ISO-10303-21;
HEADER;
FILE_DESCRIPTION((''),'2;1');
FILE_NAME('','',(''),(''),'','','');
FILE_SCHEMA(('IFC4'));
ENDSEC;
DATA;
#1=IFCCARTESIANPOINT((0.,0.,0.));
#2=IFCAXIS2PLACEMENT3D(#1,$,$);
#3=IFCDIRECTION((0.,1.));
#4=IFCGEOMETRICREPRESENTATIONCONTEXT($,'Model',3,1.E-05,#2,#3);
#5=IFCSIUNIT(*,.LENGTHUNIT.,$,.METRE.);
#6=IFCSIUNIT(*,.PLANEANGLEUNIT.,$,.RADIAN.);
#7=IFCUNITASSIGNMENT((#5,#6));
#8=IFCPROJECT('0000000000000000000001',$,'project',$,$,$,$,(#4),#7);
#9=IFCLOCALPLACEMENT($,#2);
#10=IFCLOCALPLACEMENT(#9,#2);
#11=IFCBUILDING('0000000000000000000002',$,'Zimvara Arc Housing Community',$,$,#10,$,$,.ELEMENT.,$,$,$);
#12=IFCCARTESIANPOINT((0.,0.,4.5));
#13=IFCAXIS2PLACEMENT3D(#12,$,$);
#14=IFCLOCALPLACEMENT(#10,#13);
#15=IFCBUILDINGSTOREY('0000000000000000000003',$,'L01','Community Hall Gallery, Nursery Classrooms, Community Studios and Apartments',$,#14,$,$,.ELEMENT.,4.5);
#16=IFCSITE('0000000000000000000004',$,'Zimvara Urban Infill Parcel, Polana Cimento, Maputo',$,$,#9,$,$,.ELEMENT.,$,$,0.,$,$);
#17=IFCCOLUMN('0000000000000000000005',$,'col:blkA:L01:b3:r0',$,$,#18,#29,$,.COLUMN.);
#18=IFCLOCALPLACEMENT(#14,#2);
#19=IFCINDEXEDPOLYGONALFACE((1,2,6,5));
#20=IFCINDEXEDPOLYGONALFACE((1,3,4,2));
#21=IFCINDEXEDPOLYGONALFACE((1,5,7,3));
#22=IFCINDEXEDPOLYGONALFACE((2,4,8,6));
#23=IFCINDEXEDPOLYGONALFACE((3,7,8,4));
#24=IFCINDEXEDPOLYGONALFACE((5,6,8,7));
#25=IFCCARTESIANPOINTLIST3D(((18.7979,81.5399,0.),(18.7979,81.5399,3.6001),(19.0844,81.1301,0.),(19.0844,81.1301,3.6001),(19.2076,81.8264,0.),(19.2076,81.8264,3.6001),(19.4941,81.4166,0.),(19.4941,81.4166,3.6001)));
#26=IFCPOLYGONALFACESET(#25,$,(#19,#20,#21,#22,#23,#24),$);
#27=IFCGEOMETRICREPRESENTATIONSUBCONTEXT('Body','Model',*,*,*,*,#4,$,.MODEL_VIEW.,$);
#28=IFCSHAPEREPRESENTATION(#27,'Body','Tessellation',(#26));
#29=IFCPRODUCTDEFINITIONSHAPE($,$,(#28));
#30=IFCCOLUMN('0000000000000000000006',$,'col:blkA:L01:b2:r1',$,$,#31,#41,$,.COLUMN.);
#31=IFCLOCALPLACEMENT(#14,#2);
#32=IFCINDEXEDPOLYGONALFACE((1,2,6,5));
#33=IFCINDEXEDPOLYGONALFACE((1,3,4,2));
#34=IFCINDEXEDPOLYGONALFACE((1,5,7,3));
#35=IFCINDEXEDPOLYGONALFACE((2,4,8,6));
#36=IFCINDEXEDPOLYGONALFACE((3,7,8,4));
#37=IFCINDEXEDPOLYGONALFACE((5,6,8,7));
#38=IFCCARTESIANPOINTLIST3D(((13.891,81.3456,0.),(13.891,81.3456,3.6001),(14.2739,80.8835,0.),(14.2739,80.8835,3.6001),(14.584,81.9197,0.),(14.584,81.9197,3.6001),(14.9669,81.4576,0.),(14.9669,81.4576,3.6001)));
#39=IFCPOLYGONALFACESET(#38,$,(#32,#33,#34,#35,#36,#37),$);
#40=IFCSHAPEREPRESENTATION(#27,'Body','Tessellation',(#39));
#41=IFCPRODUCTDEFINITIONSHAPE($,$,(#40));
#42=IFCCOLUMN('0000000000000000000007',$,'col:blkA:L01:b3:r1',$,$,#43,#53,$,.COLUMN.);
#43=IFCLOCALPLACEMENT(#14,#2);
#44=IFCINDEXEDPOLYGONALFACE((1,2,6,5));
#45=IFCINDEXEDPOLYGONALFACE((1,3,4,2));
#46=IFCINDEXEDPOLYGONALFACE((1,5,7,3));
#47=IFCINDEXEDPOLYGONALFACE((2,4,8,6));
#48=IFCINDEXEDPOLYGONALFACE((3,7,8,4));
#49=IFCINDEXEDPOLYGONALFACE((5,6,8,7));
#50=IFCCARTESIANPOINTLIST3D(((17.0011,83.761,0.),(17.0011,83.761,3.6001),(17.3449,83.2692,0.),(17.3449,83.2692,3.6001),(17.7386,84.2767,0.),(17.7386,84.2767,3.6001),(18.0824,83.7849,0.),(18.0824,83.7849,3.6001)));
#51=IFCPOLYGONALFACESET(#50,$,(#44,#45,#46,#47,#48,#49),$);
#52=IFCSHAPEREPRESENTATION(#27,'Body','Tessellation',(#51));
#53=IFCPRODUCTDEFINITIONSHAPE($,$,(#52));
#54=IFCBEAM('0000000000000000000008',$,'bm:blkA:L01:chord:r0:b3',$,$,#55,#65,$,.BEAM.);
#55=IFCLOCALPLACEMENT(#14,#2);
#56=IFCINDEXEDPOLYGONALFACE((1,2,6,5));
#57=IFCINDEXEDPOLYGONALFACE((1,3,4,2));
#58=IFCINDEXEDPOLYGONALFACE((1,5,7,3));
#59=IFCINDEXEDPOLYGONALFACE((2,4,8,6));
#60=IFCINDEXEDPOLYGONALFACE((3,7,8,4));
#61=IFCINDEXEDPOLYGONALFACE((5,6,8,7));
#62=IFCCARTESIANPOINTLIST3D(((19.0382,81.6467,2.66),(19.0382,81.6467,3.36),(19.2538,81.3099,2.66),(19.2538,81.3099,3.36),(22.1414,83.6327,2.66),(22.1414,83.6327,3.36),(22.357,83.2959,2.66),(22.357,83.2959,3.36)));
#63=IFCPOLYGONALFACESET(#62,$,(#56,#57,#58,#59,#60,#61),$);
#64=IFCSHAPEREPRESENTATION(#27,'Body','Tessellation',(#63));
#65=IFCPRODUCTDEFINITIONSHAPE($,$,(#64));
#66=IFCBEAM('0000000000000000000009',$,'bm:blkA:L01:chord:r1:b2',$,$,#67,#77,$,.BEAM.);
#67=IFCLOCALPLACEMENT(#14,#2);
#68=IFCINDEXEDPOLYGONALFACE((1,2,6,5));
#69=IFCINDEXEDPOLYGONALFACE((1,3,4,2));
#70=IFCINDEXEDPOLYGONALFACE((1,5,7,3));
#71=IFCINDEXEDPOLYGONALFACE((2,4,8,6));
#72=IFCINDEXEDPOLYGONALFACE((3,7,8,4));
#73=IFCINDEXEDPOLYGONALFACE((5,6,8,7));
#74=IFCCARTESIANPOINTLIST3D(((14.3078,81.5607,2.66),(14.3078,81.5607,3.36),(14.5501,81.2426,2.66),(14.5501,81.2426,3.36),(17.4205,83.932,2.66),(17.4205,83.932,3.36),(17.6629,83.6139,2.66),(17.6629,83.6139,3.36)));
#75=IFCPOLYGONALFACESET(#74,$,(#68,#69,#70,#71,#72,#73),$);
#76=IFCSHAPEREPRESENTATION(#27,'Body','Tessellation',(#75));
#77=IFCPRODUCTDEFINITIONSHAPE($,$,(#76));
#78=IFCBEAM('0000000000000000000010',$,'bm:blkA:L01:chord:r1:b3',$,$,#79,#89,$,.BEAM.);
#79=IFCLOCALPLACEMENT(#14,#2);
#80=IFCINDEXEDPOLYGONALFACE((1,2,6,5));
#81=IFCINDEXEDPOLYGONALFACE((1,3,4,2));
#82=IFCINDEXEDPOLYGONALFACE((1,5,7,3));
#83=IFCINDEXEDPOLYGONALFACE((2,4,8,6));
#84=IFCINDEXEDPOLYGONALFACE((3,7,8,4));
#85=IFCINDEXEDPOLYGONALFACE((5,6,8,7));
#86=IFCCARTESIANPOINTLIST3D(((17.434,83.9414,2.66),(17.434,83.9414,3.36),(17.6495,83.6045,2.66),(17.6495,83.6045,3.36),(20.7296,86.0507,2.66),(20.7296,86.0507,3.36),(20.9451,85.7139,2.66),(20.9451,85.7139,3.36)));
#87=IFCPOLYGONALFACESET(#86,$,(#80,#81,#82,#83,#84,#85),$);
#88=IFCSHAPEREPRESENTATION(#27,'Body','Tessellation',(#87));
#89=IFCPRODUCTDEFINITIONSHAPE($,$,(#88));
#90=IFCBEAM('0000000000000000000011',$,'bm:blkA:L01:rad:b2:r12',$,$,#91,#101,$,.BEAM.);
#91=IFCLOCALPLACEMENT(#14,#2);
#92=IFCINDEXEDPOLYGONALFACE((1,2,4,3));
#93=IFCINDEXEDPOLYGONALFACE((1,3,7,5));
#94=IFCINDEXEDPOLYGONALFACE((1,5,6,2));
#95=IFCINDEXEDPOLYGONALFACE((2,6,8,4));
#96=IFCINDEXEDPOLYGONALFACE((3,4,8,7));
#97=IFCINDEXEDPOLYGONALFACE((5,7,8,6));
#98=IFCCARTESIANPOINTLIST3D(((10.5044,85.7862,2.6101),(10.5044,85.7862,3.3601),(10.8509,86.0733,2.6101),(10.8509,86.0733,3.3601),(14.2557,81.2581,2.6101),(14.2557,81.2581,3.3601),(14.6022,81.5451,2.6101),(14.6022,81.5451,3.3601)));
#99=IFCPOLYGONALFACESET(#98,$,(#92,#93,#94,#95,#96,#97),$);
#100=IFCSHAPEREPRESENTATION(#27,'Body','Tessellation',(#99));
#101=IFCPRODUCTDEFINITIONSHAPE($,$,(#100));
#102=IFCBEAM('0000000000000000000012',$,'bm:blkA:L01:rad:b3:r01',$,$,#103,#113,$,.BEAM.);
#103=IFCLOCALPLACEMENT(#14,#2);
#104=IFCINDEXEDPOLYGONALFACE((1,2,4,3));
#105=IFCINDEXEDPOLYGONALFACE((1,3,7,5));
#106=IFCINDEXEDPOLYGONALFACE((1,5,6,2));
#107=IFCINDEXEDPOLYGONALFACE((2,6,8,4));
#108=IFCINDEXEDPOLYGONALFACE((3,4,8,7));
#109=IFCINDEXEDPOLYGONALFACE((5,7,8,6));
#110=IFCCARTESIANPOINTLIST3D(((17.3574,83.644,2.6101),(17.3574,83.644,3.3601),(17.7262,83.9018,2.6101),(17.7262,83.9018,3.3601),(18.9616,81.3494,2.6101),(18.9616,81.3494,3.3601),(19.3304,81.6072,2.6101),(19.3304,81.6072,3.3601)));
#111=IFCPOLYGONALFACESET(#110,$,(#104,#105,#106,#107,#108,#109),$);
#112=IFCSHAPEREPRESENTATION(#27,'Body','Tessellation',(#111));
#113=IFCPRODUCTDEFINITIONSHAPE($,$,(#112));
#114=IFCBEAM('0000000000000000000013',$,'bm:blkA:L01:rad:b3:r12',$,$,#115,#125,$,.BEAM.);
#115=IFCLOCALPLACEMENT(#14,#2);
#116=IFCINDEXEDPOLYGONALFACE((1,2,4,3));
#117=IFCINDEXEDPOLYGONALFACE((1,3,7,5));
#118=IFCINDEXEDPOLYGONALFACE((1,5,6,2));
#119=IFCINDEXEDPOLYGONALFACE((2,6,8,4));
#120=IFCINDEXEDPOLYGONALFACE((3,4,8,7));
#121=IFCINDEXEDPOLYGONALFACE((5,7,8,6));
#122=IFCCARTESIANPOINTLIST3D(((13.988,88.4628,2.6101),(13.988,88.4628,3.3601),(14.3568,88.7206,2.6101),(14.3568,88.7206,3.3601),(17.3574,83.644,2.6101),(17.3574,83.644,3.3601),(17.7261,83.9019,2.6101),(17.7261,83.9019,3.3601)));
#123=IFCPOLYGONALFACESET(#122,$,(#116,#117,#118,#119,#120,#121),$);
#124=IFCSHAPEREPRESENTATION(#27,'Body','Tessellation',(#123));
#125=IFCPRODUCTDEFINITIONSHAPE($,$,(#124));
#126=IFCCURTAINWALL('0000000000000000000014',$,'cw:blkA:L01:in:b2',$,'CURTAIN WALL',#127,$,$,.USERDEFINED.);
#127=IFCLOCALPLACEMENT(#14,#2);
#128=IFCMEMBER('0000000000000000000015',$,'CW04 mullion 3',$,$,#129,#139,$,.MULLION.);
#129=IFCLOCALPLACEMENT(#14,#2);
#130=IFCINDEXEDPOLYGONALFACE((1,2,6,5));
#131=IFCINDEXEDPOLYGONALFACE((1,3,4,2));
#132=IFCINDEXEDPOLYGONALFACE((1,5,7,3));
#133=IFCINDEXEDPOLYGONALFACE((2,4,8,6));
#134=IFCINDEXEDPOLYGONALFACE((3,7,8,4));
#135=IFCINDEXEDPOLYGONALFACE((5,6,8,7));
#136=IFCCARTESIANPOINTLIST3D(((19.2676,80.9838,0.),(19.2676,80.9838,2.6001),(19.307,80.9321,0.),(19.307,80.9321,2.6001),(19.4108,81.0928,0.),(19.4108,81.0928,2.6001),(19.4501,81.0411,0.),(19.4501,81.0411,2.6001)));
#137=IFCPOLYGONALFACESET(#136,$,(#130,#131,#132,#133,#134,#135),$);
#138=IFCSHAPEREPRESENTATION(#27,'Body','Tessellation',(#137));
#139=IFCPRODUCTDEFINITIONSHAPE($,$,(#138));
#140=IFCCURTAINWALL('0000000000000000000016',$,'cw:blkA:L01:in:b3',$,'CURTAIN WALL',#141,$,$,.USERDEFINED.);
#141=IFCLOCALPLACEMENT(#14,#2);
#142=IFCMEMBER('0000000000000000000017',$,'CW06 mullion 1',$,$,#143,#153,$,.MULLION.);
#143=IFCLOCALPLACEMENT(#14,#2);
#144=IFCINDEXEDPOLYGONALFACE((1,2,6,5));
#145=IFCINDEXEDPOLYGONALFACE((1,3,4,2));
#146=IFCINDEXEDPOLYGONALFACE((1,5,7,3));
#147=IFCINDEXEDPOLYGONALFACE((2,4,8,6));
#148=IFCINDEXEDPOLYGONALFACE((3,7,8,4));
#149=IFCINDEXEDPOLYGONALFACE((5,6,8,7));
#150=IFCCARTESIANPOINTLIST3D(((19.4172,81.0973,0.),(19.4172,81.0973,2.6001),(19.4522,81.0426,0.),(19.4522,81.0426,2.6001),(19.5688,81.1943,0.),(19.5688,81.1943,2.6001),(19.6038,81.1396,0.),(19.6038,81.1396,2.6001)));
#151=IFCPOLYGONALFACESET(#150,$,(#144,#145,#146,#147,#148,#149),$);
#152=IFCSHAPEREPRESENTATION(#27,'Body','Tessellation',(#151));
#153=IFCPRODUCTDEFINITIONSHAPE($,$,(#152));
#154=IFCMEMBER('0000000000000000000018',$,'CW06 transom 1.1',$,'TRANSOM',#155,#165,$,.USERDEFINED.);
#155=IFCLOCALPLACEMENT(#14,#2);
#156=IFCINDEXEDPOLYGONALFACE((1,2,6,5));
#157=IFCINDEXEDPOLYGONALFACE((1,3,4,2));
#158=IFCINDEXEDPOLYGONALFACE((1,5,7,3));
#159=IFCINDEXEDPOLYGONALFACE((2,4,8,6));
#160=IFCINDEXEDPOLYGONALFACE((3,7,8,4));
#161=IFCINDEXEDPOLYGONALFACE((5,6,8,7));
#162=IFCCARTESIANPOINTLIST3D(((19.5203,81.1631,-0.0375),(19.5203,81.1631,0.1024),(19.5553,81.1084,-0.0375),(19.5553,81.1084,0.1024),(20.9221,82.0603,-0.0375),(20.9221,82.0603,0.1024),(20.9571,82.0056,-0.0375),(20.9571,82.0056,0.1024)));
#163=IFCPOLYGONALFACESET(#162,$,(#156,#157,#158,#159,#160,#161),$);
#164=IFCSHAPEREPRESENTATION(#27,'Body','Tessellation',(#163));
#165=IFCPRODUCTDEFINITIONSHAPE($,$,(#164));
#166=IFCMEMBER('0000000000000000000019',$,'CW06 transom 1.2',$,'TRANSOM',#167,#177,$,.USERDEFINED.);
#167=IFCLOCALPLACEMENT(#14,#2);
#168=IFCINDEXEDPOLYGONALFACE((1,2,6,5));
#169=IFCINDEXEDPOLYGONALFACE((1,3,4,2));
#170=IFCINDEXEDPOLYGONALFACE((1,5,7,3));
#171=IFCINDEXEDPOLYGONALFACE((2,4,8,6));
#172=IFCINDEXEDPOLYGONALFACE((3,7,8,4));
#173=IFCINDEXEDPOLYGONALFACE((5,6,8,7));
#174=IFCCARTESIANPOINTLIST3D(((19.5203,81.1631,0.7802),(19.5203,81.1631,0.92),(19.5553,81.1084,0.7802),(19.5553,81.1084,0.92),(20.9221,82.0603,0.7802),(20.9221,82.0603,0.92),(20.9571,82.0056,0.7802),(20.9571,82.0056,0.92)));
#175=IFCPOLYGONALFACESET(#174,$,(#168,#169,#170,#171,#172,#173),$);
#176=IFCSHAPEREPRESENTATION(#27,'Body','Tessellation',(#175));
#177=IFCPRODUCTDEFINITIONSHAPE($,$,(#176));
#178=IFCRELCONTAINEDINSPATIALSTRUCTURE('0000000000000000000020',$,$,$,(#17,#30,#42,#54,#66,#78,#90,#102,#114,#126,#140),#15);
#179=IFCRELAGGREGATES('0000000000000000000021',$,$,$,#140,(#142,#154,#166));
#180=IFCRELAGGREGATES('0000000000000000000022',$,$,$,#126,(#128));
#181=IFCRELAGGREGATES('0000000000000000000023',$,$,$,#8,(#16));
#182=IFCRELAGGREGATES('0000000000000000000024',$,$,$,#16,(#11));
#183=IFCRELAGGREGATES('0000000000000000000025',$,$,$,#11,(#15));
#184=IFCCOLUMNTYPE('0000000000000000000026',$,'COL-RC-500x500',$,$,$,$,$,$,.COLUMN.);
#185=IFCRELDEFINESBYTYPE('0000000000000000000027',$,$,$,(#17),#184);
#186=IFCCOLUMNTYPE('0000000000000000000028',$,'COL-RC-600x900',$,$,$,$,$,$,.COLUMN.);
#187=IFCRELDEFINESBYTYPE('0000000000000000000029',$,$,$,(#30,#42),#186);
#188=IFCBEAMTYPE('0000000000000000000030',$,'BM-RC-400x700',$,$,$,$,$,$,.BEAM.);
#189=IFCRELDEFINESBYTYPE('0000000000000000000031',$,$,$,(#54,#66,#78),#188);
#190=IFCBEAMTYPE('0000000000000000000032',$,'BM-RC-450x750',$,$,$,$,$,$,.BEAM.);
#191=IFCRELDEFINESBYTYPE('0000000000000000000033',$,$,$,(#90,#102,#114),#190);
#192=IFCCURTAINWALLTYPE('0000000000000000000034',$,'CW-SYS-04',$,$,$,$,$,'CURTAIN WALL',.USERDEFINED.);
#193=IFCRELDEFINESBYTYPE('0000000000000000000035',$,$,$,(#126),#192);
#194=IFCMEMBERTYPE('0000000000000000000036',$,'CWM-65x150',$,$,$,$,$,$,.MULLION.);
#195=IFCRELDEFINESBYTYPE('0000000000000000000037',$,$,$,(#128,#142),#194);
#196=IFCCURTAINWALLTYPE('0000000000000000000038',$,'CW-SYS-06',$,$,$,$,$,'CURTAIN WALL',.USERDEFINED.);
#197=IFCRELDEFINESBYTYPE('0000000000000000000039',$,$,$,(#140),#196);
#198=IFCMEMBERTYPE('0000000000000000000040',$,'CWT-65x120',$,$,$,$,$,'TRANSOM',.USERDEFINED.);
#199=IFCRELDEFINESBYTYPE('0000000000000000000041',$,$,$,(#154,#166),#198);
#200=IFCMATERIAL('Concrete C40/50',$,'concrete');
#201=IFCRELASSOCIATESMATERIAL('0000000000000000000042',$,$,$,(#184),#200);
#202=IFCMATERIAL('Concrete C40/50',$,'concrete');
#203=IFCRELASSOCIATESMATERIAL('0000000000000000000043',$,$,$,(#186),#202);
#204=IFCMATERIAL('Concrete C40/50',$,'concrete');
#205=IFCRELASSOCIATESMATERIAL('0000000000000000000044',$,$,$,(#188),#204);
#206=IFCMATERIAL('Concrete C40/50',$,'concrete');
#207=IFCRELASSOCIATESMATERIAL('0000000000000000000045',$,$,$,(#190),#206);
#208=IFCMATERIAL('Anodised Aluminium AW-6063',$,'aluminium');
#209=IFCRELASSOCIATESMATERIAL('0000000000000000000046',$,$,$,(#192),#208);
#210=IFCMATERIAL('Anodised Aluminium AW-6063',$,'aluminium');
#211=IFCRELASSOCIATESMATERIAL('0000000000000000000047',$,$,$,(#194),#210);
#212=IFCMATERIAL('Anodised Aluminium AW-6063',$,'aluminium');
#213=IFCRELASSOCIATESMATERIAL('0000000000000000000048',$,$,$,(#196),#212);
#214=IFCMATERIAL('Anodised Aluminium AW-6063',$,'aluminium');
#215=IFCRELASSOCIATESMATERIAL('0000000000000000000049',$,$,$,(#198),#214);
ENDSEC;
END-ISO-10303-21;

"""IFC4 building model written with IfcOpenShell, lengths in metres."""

from ifc_helpers import new_model, si_unit, direction, frame, origin, origin_2d, place, context, subcontext, project, spatial, rectangle, extrude, material, material_profile, profile_set, type_object, element, aggregate, save


model = new_model("IFC4")

# Units and contexts
model_context = context("Model", 3, precision=1e-05, world=origin(), true_north=direction((0.0, 1.0)))
body_context = subcontext(model_context, "Body", "Model", "MODEL_VIEW")
ifc_project = project(units=[si_unit("LENGTHUNIT", "METRE"), si_unit("PLANEANGLEUNIT", "RADIAN")], contexts=[model_context])

# Site, building, storey
site_placement = place(None, origin())
site = spatial("IfcSite", under=ifc_project, at=site_placement, Name="Zimvara Urban Infill Parcel, Polana Cimento, Maputo", CompositionType="ELEMENT", RefElevation=0.0)
building_placement = place(site_placement, origin())
building = spatial("IfcBuilding", under=site, at=building_placement, Name="Zimvara Arc Housing Community", CompositionType="ELEMENT")
storey_placement = place(building_placement, frame((0.0, 0.0, 4.5)))
storey = spatial("IfcBuildingStorey", under=building, at=storey_placement, Name="L01", Description="Community Hall Gallery, Nursery Classrooms, Community Studios and Apartments", CompositionType="ELEMENT", Elevation=4.5)

# Columns
ifc_material_1 = material(Name="Concrete C40/50", Category="concrete")
ifc_material_profile_1 = material_profile(ifc_material_1, rectangle(XDim=0.5, YDim=0.5, at=origin_2d()), Name="RC 500x500")
ifc_profile_set_1 = profile_set([ifc_material_profile_1], Name="Concrete C40/50")
column_type_1 = type_object("IfcColumnType", Name="COL-RC-500x500", PredefinedType="COLUMN", material=ifc_profile_set_1)
column_placement = place(storey_placement, frame((19.146, 81.4783, 0.0), z_axis=(0.0, 0.0, 1.0), x_axis=(-0.573004, 0.819552, 0.0)))
element("IfcColumn", 1, at=column_placement, inside=storey, type_object=column_type_1, Name="col:blkA:L01:b3:r0", PredefinedType="COLUMN", context=body_context, shape_type="SweptSolid", body=[
    extrude(rectangle(XDim=0.5, YDim=0.5, at=origin_2d()), origin(), (0.0, 0.0, 1.0), 3.6001),
])
ifc_material_2 = material(Name="Concrete C40/50", Category="concrete")
ifc_material_profile_2 = material_profile(ifc_material_2, rectangle(XDim=0.6001, YDim=0.8999, at=origin_2d()), Name="RC 600x900")
ifc_profile_set_2 = profile_set([ifc_material_profile_2], Name="Concrete C40/50")
column_type_2 = type_object("IfcColumnType", Name="COL-RC-600x900", PredefinedType="COLUMN", material=ifc_profile_set_2)
for number, where, z_axis, x_axis, name in (
    (2, (14.429, 81.4016, 0.0), (0.0, 0.0, 1.0), (-0.637962, 0.770068, 0.0), "col:blkA:L01:b2:r1"),
    (3, (17.5417, 83.7729, 0.0), (0.0, 0.0, 1.0), (-0.573004, 0.819552, 0.0), "col:blkA:L01:b3:r1"),
):
    element("IfcColumn", number, at=place(storey_placement, frame(where, z_axis=z_axis, x_axis=x_axis)), inside=storey, type_object=column_type_2, Name=name, PredefinedType="COLUMN", context=body_context, shape_type="SweptSolid", body=[
        extrude(rectangle(XDim=0.6001, YDim=0.8999, at=origin_2d()), origin(), (0.0, 0.0, 1.0), 3.6001),
    ])

# Beams
ifc_material_3 = material(Name="Concrete C40/50", Category="concrete")
ifc_material_profile_3 = material_profile(ifc_material_3, rectangle(XDim=0.3999, YDim=0.7, at=origin_2d()), Name="RC 400x700")
ifc_profile_set_3 = profile_set([ifc_material_profile_3], Name="Concrete C40/50")
beam_type_1 = type_object("IfcBeamType", Name="BM-RC-400x700", PredefinedType="BEAM", material=ifc_profile_set_3)
beam_1_placement = place(storey_placement, frame((19.146, 81.4783, 3.01), z_axis=(0.842273, 0.539052, 0.0), x_axis=(-0.539052, 0.842273, 0.0)))
element("IfcBeam", 4, at=beam_1_placement, inside=storey, type_object=beam_type_1, Name="bm:blkA:L01:chord:r0:b3", PredefinedType="BEAM", context=body_context, shape_type="SweptSolid", body=[
    extrude(rectangle(XDim=0.3999, YDim=0.7, at=origin_2d()), origin(), (0.0, 0.0, 1.0), 3.6843),
])
beam_2_placement = place(storey_placement, frame((14.429, 81.4016, 3.01), z_axis=(0.79547, 0.605992, 0.0), x_axis=(-0.605992, 0.79547, 0.0)))
element("IfcBeam", 5, at=beam_2_placement, inside=storey, type_object=beam_type_1, Name="bm:blkA:L01:chord:r1:b2", PredefinedType="BEAM", context=body_context, shape_type="SweptSolid", body=[
    extrude(rectangle(XDim=0.3999, YDim=0.7, at=origin_2d()), origin(), (0.0, 0.0, 1.0), 3.9131),
])
beam_3_placement = place(storey_placement, frame((17.5417, 83.7729, 3.01), z_axis=(0.842253, 0.539082, 0.0), x_axis=(-0.539082, 0.842253, 0.0)))
element("IfcBeam", 6, at=beam_3_placement, inside=storey, type_object=beam_type_1, Name="bm:blkA:L01:chord:r1:b3", PredefinedType="BEAM", context=body_context, shape_type="SweptSolid", body=[
    extrude(rectangle(XDim=0.3999, YDim=0.7, at=origin_2d()), origin(), (0.0, 0.0, 1.0), 3.9128),
])
ifc_material_4 = material(Name="Concrete C40/50", Category="concrete")
ifc_material_profile_4 = material_profile(ifc_material_4, rectangle(XDim=0.45, YDim=0.75, at=origin_2d()), Name="RC 450x750")
ifc_profile_set_4 = profile_set([ifc_material_profile_4], Name="Concrete C40/50")
beam_type_2 = type_object("IfcBeamType", Name="BM-RC-450x750", PredefinedType="BEAM", material=ifc_profile_set_4)
beam_4_placement = place(storey_placement, frame((14.429, 81.4016, 2.9851), z_axis=(-0.637956, 0.770073, 0.0), x_axis=(-0.770073, -0.637956, 0.0)))
element("IfcBeam", 7, at=beam_4_placement, inside=storey, type_object=beam_type_2, Name="bm:blkA:L01:rad:b2:r12", PredefinedType="BEAM", context=body_context, shape_type="SweptSolid", body=[
    extrude(rectangle(XDim=0.45, YDim=0.75, at=origin_2d()), origin(), (0.0, 0.0, 1.0), 5.8801),
])
beam_5_placement = place(storey_placement, frame((19.146, 81.4783, 2.9851), z_axis=(-0.572977, 0.819572, 0.0), x_axis=(-0.819572, -0.572977, 0.0)))
element("IfcBeam", 8, at=beam_5_placement, inside=storey, type_object=beam_type_2, Name="bm:blkA:L01:rad:b3:r01", PredefinedType="BEAM", context=body_context, shape_type="SweptSolid", body=[
    extrude(rectangle(XDim=0.45, YDim=0.75, at=origin_2d()), origin(), (0.0, 0.0, 1.0), 2.7998),
])
beam_6_placement = place(storey_placement, frame((17.5417, 83.7729, 2.9851), z_axis=(-0.573028, 0.819536, 0.0), x_axis=(-0.819536, -0.573028, 0.0)))
element("IfcBeam", 9, at=beam_6_placement, inside=storey, type_object=beam_type_2, Name="bm:blkA:L01:rad:b3:r12", PredefinedType="BEAM", context=body_context, shape_type="SweptSolid", body=[
    extrude(rectangle(XDim=0.45, YDim=0.75, at=origin_2d()), origin(), (0.0, 0.0, 1.0), 5.8799),
])

# Curtain wall, member
ifc_material_5 = material(Name="Anodised Aluminium AW-6063", Category="aluminium")
curtain_wall_type_1 = type_object("IfcCurtainWallType", Name="CW-SYS-04", ElementType="CURTAIN WALL", PredefinedType="USERDEFINED", material=ifc_material_5)
curtain_wall_1_placement = place(storey_placement, origin())
curtain_wall_1 = element("IfcCurtainWall", 10, at=curtain_wall_1_placement, inside=storey, type_object=curtain_wall_type_1, Name="cw:blkA:L01:in:b2", ObjectType="CURTAIN WALL", PredefinedType="USERDEFINED")
ifc_material_6 = material(Name="Anodised Aluminium AW-6063", Category="aluminium")
ifc_material_profile_5 = material_profile(ifc_material_6, rectangle(XDim=0.0649, YDim=0.1799, at=origin_2d()), Name="ALU 65x180")
ifc_profile_set_5 = profile_set([ifc_material_profile_5], Name="Anodised Aluminium AW-6063")
member_type_1 = type_object("IfcMemberType", Name="CWM-65x150", PredefinedType="MULLION", material=ifc_profile_set_5)
member_1_placement = place(storey_placement, frame((19.3589, 81.0125, 0.0), z_axis=(0.0, 0.0, 1.0), x_axis=(-0.605988, 0.795474, 0.0)))
member_1 = element("IfcMember", 11, at=member_1_placement, type_object=member_type_1, Name="CW04 mullion 3", PredefinedType="MULLION", context=body_context, shape_type="SweptSolid", body=[
    extrude(rectangle(XDim=0.0649, YDim=0.1799, at=origin_2d()), origin(), (0.0, 0.0, 1.0), 2.6001),
])

# Curtain wall, members
ifc_material_7 = material(Name="Anodised Aluminium AW-6063", Category="aluminium")
curtain_wall_type_2 = type_object("IfcCurtainWallType", Name="CW-SYS-06", ElementType="CURTAIN WALL", PredefinedType="USERDEFINED", material=ifc_material_7)
curtain_wall_2_placement = place(storey_placement, origin())
curtain_wall_2 = element("IfcCurtainWall", 12, at=curtain_wall_2_placement, inside=storey, type_object=curtain_wall_type_2, Name="cw:blkA:L01:in:b3", ObjectType="CURTAIN WALL", PredefinedType="USERDEFINED")
member_2_placement = place(storey_placement, frame((19.5105, 81.1184, 0.0), z_axis=(0.0, 0.0, 1.0), x_axis=(-0.539064, 0.842265, 0.0)))
member_2 = element("IfcMember", 13, at=member_2_placement, type_object=member_type_1, Name="CW06 mullion 1", PredefinedType="MULLION", context=body_context, shape_type="SweptSolid", body=[
    extrude(rectangle(XDim=0.0649, YDim=0.1799, at=origin_2d()), origin(), (0.0, 0.0, 1.0), 2.6001),
])
ifc_material_8 = material(Name="Anodised Aluminium AW-6063", Category="aluminium")
ifc_material_profile_6 = material_profile(ifc_material_8, rectangle(XDim=0.0649, YDim=0.1399, at=origin_2d()), Name="ALU 65x140")
ifc_profile_set_6 = profile_set([ifc_material_profile_6], Name="Anodised Aluminium AW-6063")
member_type_2 = type_object("IfcMemberType", Name="CWT-65x120", ElementType="TRANSOM", PredefinedType="USERDEFINED", material=ifc_profile_set_6)
member_3_placement = place(storey_placement, frame((19.5378, 81.1357, 0.0325), z_axis=(0.842263, 0.539066, 0.0), x_axis=(-0.539066, 0.842263, 0.0)))
member_3 = element("IfcMember", 14, at=member_3_placement, type_object=member_type_2, Name="CW06 transom 1.1", ObjectType="TRANSOM", PredefinedType="USERDEFINED", context=body_context, shape_type="SweptSolid", body=[
    extrude(rectangle(XDim=0.0649, YDim=0.1399, at=origin_2d()), origin(), (0.0, 0.0, 1.0), 1.6643),
])
member_4_placement = place(storey_placement, frame((19.5378, 81.1357, 0.8501), z_axis=(0.842263, 0.539066, 0.0), x_axis=(-0.539066, 0.842263, 0.0)))
member_4 = element("IfcMember", 15, at=member_4_placement, type_object=member_type_2, Name="CW06 transom 1.2", ObjectType="TRANSOM", PredefinedType="USERDEFINED", context=body_context, shape_type="SweptSolid", body=[
    extrude(rectangle(XDim=0.0649, YDim=0.1399, at=origin_2d()), origin(), (0.0, 0.0, 1.0), 1.6643),
])
aggregate(curtain_wall_2, [member_2, member_3, member_4])

aggregate(curtain_wall_1, [member_1])

save(model, "model.ifc")
